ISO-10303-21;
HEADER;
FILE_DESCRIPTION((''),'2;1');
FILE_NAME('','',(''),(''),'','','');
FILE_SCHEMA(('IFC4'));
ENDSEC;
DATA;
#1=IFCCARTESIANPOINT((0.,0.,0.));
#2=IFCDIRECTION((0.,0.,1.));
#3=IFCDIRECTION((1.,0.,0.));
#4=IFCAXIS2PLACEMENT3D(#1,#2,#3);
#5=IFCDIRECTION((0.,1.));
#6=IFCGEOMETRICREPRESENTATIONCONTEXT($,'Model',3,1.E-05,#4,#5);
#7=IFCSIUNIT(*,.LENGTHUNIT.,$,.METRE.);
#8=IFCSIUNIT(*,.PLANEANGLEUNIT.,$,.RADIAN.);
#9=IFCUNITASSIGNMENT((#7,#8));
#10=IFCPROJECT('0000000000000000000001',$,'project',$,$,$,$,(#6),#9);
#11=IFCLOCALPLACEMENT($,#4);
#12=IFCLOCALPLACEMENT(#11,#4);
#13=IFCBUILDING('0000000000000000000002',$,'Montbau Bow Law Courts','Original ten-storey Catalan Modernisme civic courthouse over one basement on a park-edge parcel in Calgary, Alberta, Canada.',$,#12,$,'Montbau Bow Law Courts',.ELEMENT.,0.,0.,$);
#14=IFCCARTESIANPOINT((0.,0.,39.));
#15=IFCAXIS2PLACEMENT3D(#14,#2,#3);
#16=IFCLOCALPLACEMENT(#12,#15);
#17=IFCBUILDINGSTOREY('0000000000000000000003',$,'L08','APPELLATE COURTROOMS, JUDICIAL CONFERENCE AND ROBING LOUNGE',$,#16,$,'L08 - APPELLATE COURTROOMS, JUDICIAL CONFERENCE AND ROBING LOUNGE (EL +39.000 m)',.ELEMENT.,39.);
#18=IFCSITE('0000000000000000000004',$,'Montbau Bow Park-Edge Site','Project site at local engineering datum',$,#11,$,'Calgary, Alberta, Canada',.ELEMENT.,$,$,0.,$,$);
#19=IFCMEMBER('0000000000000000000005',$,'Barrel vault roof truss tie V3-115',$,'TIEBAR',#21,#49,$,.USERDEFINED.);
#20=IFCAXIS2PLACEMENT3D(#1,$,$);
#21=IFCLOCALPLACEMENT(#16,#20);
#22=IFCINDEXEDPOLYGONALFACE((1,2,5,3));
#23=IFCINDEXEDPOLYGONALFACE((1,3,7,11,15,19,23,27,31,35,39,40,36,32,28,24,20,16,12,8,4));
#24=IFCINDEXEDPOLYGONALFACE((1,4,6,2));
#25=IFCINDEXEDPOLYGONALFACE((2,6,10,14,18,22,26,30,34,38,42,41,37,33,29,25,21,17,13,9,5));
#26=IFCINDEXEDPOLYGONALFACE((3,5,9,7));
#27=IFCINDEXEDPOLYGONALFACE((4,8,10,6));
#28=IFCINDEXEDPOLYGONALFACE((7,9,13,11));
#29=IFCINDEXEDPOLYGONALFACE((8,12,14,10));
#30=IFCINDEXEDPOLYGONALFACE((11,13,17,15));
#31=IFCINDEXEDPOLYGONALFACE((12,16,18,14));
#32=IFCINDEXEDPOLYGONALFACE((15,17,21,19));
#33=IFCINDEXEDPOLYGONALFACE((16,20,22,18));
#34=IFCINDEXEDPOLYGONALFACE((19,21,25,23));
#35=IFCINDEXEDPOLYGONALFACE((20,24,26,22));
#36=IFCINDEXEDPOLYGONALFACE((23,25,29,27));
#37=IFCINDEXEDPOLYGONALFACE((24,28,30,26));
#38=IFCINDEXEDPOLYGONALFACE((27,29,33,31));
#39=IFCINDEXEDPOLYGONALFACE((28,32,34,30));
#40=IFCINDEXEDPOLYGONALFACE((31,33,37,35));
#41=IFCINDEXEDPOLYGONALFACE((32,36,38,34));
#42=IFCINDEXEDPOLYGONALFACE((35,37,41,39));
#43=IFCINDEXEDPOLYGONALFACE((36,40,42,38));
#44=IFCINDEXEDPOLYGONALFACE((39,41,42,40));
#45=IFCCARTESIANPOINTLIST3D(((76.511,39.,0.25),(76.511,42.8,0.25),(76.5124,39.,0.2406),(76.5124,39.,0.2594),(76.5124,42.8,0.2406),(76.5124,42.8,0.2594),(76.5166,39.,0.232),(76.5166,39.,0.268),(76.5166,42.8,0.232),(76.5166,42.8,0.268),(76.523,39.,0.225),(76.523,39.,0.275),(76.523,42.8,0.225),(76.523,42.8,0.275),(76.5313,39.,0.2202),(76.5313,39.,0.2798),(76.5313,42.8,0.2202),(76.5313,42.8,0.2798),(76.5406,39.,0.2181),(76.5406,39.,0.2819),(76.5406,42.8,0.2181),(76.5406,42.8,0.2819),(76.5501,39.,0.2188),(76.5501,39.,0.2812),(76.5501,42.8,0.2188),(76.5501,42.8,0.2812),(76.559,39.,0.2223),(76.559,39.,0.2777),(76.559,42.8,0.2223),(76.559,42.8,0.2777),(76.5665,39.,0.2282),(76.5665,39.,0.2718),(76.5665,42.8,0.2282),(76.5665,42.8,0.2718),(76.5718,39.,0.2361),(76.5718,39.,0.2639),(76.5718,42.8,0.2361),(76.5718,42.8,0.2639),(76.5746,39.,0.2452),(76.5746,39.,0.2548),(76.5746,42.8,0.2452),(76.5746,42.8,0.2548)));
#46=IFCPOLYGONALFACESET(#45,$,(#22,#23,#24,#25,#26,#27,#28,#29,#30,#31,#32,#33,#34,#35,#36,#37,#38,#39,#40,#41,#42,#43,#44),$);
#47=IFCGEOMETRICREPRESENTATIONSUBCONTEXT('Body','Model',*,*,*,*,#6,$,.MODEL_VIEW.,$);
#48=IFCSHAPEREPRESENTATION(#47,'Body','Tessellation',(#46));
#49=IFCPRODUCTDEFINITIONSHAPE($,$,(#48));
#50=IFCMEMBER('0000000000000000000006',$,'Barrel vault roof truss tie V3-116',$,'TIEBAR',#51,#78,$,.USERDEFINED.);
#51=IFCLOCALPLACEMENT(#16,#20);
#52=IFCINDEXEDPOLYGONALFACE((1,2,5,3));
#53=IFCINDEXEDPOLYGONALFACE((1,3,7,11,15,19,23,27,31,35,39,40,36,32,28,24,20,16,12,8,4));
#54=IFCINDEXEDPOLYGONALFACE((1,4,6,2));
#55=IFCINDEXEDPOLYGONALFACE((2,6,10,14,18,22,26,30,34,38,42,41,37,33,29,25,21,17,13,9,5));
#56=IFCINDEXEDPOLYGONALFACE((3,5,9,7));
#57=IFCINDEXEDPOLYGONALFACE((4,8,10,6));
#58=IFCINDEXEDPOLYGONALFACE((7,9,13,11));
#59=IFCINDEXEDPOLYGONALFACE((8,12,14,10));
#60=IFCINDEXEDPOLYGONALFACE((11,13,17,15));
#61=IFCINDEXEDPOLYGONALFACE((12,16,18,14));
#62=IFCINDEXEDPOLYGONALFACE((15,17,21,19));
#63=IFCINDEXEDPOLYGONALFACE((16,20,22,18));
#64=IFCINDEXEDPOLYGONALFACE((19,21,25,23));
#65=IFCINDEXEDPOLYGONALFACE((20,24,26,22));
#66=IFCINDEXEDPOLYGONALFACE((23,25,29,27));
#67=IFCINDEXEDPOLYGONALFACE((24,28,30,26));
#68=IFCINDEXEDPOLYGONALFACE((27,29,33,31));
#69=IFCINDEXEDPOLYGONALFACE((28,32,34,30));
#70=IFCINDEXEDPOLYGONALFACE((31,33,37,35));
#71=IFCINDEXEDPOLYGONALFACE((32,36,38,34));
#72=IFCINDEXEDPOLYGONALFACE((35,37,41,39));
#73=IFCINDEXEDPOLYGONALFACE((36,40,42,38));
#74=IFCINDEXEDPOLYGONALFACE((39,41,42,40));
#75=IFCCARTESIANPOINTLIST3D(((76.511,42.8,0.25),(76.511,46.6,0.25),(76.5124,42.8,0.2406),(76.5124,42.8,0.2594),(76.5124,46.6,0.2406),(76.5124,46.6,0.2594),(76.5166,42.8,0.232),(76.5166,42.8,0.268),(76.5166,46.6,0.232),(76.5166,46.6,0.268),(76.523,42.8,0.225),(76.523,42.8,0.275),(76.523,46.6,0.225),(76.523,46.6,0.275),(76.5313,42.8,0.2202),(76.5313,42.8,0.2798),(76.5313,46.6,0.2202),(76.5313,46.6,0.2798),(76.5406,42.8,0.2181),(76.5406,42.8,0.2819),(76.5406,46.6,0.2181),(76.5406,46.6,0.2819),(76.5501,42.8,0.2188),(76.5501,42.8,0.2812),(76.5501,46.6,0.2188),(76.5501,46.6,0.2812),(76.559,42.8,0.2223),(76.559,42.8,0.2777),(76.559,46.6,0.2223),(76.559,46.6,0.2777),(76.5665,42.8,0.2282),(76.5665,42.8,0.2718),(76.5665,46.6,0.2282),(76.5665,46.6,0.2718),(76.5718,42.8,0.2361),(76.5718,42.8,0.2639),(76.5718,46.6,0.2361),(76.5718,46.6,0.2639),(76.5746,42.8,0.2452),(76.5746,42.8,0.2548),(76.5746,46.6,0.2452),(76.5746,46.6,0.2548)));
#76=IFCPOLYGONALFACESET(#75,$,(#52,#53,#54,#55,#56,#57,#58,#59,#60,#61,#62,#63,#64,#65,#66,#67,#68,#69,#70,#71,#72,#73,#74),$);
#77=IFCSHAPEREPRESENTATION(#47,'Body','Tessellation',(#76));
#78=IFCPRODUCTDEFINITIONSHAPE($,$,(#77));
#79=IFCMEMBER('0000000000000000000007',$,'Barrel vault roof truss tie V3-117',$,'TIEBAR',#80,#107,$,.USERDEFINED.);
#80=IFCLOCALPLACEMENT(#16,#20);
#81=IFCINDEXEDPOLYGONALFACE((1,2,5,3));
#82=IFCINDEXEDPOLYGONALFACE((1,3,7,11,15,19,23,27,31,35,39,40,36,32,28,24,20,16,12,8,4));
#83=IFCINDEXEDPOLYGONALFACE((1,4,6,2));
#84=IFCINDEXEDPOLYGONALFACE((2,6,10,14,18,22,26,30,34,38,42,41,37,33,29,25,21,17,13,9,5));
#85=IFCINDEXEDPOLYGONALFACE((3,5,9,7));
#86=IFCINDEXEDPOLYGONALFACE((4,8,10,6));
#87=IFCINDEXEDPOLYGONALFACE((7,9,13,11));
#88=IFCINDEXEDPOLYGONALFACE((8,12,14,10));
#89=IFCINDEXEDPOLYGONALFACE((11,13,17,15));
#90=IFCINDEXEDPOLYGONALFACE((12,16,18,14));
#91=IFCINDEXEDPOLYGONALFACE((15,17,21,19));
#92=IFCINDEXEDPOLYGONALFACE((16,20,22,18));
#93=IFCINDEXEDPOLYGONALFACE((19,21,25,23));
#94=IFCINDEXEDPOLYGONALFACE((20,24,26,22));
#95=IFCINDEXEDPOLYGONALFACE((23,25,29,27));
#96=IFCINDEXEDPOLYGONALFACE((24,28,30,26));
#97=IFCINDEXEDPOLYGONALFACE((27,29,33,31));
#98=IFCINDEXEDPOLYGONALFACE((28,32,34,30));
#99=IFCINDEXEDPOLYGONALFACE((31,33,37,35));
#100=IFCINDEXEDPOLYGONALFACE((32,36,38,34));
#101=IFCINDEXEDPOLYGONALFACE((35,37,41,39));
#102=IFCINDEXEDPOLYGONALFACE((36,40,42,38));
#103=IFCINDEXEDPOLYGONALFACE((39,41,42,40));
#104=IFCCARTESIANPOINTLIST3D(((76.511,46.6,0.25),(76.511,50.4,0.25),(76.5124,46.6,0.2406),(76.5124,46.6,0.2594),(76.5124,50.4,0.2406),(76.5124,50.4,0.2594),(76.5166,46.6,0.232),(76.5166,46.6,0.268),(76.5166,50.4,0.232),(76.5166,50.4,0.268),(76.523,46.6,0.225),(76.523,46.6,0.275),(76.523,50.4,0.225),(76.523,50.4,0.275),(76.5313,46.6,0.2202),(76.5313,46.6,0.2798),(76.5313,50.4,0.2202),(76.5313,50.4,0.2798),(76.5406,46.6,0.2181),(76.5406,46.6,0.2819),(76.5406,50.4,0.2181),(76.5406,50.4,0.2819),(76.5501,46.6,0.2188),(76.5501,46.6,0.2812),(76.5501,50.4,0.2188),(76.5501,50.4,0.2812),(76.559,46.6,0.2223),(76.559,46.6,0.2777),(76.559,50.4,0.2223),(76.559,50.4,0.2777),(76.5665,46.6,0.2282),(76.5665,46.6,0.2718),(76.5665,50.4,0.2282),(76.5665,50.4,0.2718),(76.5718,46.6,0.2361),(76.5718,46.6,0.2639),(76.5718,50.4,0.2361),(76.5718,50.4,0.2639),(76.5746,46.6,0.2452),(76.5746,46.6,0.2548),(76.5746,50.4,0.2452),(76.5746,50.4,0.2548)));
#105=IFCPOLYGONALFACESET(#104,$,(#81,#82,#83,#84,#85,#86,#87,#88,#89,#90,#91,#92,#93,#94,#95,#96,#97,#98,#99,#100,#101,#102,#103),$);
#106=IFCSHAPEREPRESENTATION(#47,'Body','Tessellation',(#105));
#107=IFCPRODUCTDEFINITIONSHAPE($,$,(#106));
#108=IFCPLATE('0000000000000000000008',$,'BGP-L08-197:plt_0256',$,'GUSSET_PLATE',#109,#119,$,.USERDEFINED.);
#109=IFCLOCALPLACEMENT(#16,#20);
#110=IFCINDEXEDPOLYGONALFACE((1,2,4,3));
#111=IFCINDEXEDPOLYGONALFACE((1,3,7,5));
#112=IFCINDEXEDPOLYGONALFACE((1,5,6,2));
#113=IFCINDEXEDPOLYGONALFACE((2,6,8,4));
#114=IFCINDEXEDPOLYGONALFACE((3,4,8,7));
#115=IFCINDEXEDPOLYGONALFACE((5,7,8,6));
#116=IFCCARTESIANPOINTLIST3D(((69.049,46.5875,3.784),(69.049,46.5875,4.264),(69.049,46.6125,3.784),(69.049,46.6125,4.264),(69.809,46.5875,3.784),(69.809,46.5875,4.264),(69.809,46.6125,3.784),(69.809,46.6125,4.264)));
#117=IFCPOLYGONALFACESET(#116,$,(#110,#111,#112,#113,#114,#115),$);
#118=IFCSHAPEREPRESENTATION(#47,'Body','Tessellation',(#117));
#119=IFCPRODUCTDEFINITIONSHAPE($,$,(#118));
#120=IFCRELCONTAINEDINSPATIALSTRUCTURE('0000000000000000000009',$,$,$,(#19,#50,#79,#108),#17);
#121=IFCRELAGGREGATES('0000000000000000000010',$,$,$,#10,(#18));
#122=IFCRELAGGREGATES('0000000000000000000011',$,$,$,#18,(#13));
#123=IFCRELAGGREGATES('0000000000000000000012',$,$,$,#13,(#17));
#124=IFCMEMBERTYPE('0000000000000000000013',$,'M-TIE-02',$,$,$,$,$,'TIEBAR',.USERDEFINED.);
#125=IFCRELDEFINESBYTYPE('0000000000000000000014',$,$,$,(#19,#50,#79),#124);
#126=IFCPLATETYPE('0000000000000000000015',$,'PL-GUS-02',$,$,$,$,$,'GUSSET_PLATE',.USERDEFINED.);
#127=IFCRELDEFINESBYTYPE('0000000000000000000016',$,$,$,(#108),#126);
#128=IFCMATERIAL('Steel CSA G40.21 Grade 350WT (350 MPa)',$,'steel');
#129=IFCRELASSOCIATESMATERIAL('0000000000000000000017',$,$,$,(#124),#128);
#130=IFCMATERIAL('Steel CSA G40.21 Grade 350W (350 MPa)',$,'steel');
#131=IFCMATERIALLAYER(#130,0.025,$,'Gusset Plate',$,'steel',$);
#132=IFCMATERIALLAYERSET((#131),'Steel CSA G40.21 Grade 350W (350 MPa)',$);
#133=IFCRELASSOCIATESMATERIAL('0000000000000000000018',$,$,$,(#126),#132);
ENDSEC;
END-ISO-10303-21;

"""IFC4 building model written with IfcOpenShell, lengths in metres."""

from ifc_helpers import new_model, si_unit, direction, frame, origin_with_axes, origin_2d_with_axis, place, context, subcontext, project, spatial, rectangle, circle, extrude, material, layer, layer_set, material_profile, profile_set, type_object, element, save


model = new_model("IFC4")

# Units and contexts
model_context = context("Model", 3, precision=1e-05, world=origin_with_axes(), true_north=direction((0.0, 1.0)))
body_context = subcontext(model_context, "Body", "Model", "MODEL_VIEW")
ifc_project = project(units=[si_unit("LENGTHUNIT", "METRE"), si_unit("PLANEANGLEUNIT", "RADIAN")], contexts=[model_context])

# Site, building, storey
site_placement = place(None, origin_with_axes())
site = spatial("IfcSite", under=ifc_project, at=site_placement, Name="Montbau Bow Park-Edge Site", Description="Project site at local engineering datum", LongName="Calgary, Alberta, Canada", CompositionType="ELEMENT", RefElevation=0.0)
building_placement = place(site_placement, origin_with_axes())
building = spatial("IfcBuilding", under=site, at=building_placement, Name="Montbau Bow Law Courts", Description="Original ten-storey Catalan Modernisme civic courthouse over one basement on a park-edge parcel in Calgary, Alberta, Canada.", LongName="Montbau Bow Law Courts", CompositionType="ELEMENT", ElevationOfRefHeight=0.0, ElevationOfTerrain=0.0)
storey_placement = place(building_placement, frame((0.0, 0.0, 39.0), z_axis=(0.0, 0.0, 1.0), x_axis=(1.0, 0.0, 0.0)))
storey = spatial("IfcBuildingStorey", under=building, at=storey_placement, Name="L08", Description="APPELLATE COURTROOMS, JUDICIAL CONFERENCE AND ROBING LOUNGE", LongName="L08 - APPELLATE COURTROOMS, JUDICIAL CONFERENCE AND ROBING LOUNGE (EL +39.000 m)", CompositionType="ELEMENT", Elevation=39.0)

# Shared definitions
ifc_material_1 = material(Name="Steel CSA G40.21 Grade 350W (350 MPa)", Category="steel")

# Shared definitions
ifc_material_2 = material(Name="Steel CSA G40.21 Grade 350WT (350 MPa)", Category="steel")

# Members
ifc_material_profile_1 = material_profile(ifc_material_2, circle(Radius=0.032, at=origin_2d_with_axis()), Name="ROD64", Category="Main", Priority=0)
ifc_profile_set_1 = profile_set([ifc_material_profile_1], Name="Steel CSA G40.21 Grade 350WT (350 MPa)")
member_type_1 = type_object("IfcMemberType", Name="M-TIE-02", ElementType="TIEBAR", PredefinedType="USERDEFINED", material=ifc_profile_set_1)
for number, where, z_axis, x_axis, name in (
    (1, (76.543, 39.0, 39.25), (0.0, 1.0, 0.0), (-1.0, 0.0, 0.0), "Barrel vault roof truss tie V3-115"),
    (2, (76.543, 42.8, 39.25), (0.0, 1.0, 0.0), (-1.0, 0.0, 0.0), "Barrel vault roof truss tie V3-116"),
    (3, (76.543, 46.6, 39.25), (0.0, 1.0, 0.0), (-1.0, 0.0, 0.0), "Barrel vault roof truss tie V3-117"),
):
    element("IfcMember", number, at=place(None, frame(where, z_axis=z_axis, x_axis=x_axis)), inside=storey, type_object=member_type_1, Name=name, ObjectType="TIEBAR", PredefinedType="USERDEFINED", context=body_context, shape_type="SweptSolid", body=[
        extrude(circle(Radius=0.032, at=origin_2d_with_axis()), origin_with_axes(), (0.0, 0.0, 1.0), 3.8),
    ])

# Plate
ifc_layer = layer(ifc_material_1, 0.025, Name="Gusset Plate", Category="steel")
ifc_layer_set = layer_set([ifc_layer], Name="Steel CSA G40.21 Grade 350W (350 MPa)")
plate_type = type_object("IfcPlateType", Name="PL-GUS-02", ElementType="GUSSET_PLATE", PredefinedType="USERDEFINED", material=ifc_layer_set)
plate_placement = place(None, frame((69.429, 46.6, 42.784), z_axis=(0.0, 0.0, 1.0), x_axis=(1.0, 0.0, 0.0)))
element("IfcPlate", 4, at=plate_placement, inside=storey, type_object=plate_type, Name="BGP-L08-197:plt_0256", ObjectType="GUSSET_PLATE", PredefinedType="USERDEFINED", context=body_context, shape_type="SweptSolid", body=[
    extrude(rectangle(XDim=0.76, YDim=0.025, at=origin_2d_with_axis()), origin_with_axes(), (0.0, 0.0, 1.0), 0.48),
])

save(model, "model.ifc")
